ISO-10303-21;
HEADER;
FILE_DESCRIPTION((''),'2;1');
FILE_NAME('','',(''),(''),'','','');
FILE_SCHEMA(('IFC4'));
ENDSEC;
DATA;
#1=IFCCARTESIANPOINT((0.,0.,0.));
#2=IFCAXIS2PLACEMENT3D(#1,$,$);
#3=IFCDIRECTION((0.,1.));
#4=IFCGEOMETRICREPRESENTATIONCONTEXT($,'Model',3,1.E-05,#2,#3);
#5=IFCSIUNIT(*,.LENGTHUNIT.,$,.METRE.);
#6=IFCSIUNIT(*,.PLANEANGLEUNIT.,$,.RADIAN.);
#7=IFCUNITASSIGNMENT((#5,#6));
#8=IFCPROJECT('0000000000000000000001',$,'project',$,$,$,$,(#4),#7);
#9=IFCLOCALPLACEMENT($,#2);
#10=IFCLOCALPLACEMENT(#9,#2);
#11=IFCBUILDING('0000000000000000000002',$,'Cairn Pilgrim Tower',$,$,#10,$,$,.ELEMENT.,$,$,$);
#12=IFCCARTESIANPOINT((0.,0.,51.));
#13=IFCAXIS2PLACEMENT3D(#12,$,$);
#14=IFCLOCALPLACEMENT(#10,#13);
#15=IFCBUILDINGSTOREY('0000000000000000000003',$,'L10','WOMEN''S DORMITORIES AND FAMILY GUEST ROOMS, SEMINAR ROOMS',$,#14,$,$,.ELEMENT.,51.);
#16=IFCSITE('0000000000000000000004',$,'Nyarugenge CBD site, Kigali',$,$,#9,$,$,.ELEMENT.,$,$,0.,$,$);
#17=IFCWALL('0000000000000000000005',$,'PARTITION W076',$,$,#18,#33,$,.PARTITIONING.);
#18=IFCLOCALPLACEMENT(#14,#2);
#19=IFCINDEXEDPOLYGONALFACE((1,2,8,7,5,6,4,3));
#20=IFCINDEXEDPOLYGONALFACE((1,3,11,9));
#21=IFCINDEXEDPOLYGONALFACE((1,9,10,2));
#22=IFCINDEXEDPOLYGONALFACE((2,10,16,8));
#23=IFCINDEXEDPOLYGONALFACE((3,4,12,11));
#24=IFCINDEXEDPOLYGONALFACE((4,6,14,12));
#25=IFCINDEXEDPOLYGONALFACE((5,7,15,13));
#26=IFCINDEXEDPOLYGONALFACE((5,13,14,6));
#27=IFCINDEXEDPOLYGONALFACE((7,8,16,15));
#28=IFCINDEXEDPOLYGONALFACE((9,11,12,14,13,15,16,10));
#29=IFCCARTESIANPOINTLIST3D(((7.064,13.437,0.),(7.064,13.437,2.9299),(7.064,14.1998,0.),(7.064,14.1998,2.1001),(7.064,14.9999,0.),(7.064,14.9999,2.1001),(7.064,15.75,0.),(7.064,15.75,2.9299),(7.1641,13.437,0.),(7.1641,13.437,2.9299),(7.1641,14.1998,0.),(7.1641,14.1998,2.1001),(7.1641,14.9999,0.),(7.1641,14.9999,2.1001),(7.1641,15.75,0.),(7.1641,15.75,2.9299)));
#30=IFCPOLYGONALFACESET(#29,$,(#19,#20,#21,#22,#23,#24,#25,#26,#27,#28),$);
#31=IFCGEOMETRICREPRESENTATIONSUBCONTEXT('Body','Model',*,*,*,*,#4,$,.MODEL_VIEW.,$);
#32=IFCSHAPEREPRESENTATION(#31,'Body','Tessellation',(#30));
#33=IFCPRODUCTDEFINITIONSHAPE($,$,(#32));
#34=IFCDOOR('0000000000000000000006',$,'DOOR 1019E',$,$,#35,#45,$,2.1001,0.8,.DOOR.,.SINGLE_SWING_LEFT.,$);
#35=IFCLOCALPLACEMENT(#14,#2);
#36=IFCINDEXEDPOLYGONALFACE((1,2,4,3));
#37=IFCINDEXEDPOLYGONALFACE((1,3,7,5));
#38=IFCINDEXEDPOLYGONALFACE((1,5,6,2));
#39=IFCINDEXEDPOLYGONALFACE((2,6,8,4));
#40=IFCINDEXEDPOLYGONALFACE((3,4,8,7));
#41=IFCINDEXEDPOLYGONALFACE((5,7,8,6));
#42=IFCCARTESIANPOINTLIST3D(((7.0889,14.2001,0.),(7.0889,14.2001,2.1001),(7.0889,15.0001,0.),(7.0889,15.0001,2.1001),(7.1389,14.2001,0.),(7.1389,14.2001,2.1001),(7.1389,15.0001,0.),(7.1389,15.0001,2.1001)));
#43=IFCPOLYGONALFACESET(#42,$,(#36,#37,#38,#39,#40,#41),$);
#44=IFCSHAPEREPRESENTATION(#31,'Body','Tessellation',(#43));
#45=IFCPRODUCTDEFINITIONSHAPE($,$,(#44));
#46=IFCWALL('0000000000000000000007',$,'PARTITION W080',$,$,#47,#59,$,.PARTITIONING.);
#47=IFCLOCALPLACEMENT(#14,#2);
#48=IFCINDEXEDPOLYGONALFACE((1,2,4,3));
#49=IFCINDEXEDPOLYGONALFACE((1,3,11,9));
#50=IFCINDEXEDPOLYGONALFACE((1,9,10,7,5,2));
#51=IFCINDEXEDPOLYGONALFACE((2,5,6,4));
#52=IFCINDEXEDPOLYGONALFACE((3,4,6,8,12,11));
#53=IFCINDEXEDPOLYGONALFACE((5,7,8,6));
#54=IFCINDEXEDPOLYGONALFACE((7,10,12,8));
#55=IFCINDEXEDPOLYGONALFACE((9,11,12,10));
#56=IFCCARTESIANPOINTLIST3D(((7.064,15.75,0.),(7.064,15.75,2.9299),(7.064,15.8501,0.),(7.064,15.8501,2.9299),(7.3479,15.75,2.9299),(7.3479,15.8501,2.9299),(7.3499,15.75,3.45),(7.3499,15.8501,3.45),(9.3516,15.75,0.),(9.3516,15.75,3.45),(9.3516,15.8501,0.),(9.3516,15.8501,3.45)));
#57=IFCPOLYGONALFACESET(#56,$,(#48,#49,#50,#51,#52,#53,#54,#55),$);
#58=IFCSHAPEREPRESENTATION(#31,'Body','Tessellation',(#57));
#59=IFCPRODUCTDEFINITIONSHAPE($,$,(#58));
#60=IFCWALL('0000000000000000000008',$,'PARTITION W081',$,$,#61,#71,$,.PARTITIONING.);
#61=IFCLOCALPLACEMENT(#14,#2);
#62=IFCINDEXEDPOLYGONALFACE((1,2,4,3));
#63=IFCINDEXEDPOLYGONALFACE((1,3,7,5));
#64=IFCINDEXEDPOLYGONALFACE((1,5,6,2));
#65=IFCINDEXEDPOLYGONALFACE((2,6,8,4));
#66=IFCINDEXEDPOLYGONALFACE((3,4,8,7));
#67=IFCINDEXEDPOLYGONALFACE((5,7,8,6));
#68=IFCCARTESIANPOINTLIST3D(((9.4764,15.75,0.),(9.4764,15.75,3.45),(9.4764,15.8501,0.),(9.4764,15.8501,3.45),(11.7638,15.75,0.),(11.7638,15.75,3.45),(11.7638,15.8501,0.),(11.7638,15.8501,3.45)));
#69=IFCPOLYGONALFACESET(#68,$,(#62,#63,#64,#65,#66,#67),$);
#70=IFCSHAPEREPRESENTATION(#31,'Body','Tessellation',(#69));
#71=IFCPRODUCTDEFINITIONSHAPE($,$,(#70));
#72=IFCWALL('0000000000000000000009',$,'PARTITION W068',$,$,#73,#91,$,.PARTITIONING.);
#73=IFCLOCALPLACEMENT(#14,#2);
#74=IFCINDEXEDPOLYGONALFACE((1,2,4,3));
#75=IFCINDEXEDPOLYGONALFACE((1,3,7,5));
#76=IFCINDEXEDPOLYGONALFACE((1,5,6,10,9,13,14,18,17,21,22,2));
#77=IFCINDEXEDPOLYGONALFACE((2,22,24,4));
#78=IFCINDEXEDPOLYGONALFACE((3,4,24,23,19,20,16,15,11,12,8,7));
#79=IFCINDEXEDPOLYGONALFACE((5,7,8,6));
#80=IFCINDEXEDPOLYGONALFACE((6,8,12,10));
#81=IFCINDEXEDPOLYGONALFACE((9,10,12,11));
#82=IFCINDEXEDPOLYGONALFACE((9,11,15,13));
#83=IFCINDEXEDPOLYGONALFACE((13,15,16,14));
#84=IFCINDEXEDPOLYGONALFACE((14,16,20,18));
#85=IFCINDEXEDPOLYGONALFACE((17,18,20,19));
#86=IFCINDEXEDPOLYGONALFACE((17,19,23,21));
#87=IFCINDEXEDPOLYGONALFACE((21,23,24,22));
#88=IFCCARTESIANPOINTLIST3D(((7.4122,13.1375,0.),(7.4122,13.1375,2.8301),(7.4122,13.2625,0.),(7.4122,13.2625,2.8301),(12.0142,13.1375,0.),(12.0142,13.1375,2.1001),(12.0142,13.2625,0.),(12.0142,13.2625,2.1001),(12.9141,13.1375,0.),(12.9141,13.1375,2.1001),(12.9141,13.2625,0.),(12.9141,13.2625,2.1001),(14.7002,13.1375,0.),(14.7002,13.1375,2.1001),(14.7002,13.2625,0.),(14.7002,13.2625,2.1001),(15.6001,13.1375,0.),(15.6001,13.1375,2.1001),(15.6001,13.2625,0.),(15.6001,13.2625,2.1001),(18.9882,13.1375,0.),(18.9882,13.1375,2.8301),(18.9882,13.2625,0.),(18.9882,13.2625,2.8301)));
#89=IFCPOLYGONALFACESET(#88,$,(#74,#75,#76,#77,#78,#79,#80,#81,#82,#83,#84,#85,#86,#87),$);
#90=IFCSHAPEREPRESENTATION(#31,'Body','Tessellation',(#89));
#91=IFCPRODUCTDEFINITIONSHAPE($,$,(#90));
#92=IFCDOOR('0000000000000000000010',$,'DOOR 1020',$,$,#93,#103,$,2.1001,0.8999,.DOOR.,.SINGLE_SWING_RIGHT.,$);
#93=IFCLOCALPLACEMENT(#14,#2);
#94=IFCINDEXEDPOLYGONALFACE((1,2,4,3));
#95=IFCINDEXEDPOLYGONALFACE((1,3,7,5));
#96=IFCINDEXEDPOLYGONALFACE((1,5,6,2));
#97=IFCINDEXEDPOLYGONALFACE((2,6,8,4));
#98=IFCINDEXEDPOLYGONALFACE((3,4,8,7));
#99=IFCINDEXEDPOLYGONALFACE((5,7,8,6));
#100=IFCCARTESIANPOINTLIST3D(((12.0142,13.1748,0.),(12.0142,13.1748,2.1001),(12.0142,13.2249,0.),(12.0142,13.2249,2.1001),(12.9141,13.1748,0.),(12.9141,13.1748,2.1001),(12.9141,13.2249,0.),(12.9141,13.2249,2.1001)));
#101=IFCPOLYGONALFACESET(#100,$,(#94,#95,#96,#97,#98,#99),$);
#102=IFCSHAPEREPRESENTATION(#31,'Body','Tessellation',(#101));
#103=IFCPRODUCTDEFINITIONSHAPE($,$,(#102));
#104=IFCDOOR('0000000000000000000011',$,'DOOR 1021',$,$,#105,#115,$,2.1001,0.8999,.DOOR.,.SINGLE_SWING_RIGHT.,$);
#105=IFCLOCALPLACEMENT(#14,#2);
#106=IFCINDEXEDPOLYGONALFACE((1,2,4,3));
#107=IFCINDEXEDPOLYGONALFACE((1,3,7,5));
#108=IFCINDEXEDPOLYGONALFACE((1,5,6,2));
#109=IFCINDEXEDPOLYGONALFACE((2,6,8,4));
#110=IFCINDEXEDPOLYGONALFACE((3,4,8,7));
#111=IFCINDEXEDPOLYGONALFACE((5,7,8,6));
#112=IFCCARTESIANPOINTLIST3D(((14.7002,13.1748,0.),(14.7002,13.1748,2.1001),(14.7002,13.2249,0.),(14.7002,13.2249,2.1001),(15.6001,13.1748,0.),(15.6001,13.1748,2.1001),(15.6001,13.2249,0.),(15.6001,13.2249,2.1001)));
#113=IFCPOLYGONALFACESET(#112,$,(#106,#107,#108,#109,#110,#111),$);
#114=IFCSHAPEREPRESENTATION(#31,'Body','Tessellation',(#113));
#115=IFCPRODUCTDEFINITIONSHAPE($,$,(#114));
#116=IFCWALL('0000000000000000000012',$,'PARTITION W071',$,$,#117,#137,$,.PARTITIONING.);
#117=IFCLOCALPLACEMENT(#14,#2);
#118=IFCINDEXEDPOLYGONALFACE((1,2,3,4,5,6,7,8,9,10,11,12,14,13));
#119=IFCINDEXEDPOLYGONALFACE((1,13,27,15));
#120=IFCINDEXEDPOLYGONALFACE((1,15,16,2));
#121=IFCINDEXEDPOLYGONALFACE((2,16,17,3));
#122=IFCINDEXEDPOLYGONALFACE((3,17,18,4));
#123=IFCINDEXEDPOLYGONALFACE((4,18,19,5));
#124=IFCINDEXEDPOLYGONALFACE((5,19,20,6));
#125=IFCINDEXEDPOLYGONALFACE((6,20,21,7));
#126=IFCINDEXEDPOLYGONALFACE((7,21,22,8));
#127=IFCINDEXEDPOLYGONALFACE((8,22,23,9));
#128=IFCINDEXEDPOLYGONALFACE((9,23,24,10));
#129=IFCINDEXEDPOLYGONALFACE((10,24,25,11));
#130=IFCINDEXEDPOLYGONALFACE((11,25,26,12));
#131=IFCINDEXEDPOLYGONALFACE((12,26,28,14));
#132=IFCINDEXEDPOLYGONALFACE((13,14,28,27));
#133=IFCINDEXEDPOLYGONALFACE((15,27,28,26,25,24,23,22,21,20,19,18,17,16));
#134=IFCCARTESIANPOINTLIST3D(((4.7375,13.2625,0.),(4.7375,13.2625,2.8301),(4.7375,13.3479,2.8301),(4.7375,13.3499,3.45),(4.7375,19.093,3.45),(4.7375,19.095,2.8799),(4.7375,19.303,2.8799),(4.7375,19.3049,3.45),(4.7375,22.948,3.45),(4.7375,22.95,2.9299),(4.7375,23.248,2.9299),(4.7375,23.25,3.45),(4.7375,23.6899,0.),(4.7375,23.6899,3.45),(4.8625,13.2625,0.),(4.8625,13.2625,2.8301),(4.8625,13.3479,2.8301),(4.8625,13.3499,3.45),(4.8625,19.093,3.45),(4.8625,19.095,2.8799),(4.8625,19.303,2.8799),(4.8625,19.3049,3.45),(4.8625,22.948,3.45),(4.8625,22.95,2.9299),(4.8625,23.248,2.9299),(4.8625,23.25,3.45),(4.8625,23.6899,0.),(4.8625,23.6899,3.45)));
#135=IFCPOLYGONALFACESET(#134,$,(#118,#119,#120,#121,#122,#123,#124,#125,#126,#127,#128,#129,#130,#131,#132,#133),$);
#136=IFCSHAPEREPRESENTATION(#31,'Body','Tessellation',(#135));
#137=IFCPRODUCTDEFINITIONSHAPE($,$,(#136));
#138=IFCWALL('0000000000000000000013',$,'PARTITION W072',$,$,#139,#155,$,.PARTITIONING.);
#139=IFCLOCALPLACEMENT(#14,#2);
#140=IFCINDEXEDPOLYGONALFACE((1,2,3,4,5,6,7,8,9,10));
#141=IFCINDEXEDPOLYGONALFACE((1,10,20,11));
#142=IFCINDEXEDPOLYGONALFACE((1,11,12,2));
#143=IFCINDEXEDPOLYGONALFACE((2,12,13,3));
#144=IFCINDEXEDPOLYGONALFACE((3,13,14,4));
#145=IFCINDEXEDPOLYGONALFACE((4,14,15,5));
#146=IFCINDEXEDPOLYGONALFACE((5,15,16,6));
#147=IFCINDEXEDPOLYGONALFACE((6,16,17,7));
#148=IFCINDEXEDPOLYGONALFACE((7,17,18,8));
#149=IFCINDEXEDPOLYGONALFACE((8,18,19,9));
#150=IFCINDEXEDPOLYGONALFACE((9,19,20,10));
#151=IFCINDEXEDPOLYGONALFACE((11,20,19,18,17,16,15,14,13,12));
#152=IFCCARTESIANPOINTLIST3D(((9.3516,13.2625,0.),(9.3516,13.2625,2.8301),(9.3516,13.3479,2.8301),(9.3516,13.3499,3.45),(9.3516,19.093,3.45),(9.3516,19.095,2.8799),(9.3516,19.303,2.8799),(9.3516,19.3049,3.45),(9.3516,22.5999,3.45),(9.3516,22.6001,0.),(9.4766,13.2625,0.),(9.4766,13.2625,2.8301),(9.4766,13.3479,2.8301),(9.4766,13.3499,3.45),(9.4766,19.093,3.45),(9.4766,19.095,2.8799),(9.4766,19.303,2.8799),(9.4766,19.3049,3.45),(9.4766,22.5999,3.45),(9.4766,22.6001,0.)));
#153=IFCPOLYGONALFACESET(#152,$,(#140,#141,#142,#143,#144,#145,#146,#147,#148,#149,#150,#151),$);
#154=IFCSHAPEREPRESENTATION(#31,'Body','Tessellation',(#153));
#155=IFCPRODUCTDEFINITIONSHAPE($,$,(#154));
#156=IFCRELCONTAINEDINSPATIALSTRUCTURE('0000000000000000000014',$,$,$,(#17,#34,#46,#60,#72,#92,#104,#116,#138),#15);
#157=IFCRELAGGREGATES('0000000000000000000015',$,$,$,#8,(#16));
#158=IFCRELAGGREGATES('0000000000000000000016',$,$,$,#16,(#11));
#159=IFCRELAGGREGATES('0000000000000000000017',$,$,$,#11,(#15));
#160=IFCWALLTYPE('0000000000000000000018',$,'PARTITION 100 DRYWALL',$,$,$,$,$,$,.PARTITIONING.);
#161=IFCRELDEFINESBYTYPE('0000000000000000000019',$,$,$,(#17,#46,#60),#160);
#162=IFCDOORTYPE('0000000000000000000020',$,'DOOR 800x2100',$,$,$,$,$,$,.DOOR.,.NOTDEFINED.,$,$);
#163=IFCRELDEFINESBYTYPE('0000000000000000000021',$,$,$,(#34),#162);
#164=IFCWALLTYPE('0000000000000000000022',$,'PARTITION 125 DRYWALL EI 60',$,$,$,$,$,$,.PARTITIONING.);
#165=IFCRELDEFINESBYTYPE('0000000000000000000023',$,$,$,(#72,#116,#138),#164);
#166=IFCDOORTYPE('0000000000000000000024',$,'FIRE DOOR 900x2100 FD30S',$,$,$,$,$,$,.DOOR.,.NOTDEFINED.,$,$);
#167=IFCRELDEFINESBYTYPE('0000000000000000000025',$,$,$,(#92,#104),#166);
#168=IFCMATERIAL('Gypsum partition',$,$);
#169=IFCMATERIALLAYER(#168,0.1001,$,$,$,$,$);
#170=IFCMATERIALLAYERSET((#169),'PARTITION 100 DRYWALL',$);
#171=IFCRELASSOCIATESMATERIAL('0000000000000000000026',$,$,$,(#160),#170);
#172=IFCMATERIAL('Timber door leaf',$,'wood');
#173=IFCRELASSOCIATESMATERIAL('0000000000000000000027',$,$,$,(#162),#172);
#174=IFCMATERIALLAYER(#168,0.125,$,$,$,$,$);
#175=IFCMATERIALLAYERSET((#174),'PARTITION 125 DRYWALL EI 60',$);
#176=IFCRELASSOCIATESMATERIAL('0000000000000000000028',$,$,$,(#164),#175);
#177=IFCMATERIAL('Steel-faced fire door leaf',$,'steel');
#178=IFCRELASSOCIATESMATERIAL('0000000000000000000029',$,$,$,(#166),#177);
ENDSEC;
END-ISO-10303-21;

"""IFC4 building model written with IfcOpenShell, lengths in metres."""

from ifc_helpers import new_model, si_unit, direction, frame, frame_2d, origin, place, context, subcontext, project, spatial, polyline, rectangle, outline, extrude, material, layer, layer_set, type_object, element, fill, save


model = new_model("IFC4")

# Units and contexts
model_context = context("Model", 3, precision=1e-05, world=origin(), true_north=direction((0.0, 1.0)))
body_context = subcontext(model_context, "Body", "Model", "MODEL_VIEW")
ifc_project = project(units=[si_unit("LENGTHUNIT", "METRE"), si_unit("PLANEANGLEUNIT", "RADIAN")], contexts=[model_context])

# Site, building, storey
site_placement = place(None, origin())
site = spatial("IfcSite", under=ifc_project, at=site_placement, Name="Nyarugenge CBD site, Kigali", CompositionType="ELEMENT", RefElevation=0.0)
building_placement = place(site_placement, origin())
building = spatial("IfcBuilding", under=site, at=building_placement, Name="Cairn Pilgrim Tower", CompositionType="ELEMENT")
storey_placement = place(building_placement, frame((0.0, 0.0, 51.0)))
storey = spatial("IfcBuildingStorey", under=building, at=storey_placement, Name="L10", Description="WOMEN'S DORMITORIES AND FAMILY GUEST ROOMS, SEMINAR ROOMS", CompositionType="ELEMENT", Elevation=51.0)

# Wall, opening, door
ifc_material_1 = material(Name="Gypsum partition")
ifc_layer_1 = layer(ifc_material_1, 0.1001)
ifc_layer_set_1 = layer_set([ifc_layer_1], Name="PARTITION 100 DRYWALL")
wall_type_1 = type_object("IfcWallType", Name="PARTITION 100 DRYWALL", PredefinedType="PARTITIONING", material=ifc_layer_set_1)
ifc_material_2 = material(Name="Timber door leaf", Category="wood")
door_type_1 = type_object("IfcDoorType", Name="DOOR 800x2100", OperationType="NOTDEFINED", PredefinedType="DOOR", material=ifc_material_2)
wall_1_placement = place(storey_placement, frame((7.114, 13.437, 0.0), z_axis=(0.0, 0.0, 1.0), x_axis=(0.0, 1.0, 0.0)))
wall_1 = element("IfcWall", 1, at=wall_1_placement, inside=storey, type_object=wall_type_1, Name="PARTITION W076", PredefinedType="PARTITIONING", context=body_context, shape_type="SweptSolid", body=[
    extrude(rectangle(XDim=2.313, YDim=0.1001, at=frame_2d((1.1565, 0.0))), origin(), (0.0, 0.0, 1.0), 2.9299),
])
opening_1_placement = place(wall_1_placement, frame((0.7629, 0.0, 0.0)))
opening_1 = element("IfcOpeningElement", 2, at=opening_1_placement, cuts=wall_1, PredefinedType="OPENING", context=body_context, shape_type="SweptSolid", body=[
    extrude(rectangle(XDim=0.8, YDim=2.1001, at=frame_2d((0.3999, 1.05))), frame((0.0, 0.0601, 0.0), z_axis=(0.0, -1.0, 0.0), x_axis=(1.0, 0.0, 0.0)), (0.0, 0.0, 1.0), 0.1201),
])
door_1_placement = place(opening_1_placement, frame((0.8, 0.0, 0.0), z_axis=(0.0, 0.0, 1.0), x_axis=(-1.0, 0.0, 0.0)))
door_1 = element("IfcDoor", 3, at=door_1_placement, inside=storey, type_object=door_type_1, Name="DOOR 1019E", OperationType="SINGLE_SWING_LEFT", OverallHeight=2.1001, OverallWidth=0.8, PredefinedType="DOOR", context=body_context, shape_type="SweptSolid", body=[
    extrude(rectangle(XDim=0.8, YDim=2.1001, at=frame_2d((0.3999, 1.05))), frame((0.0, 0.0249, 0.0), z_axis=(0.0, -1.0, 0.0), x_axis=(1.0, 0.0, 0.0)), (0.0, 0.0, 1.0), 0.05),
])
fill(opening_1, door_1)

# Walls
wall_2_placement = place(storey_placement, frame((7.064, 15.8, 0.0), z_axis=(0.0, 0.0, 1.0), x_axis=(1.0, 0.0, 0.0)))
element("IfcWall", 4, at=wall_2_placement, inside=storey, type_object=wall_type_1, Name="PARTITION W080", PredefinedType="PARTITIONING", context=body_context, shape_type="SweptSolid", body=[
    extrude(outline(polyline([(0.0, 0.0), (2.2876, 0.0), (2.2876, 3.45), (0.2859, 3.45), (0.2839, 2.9299), (0.0, 2.9299), (0.0, 0.0)])), frame((0.0, 0.05, 0.0), z_axis=(0.0, -1.0, 0.0), x_axis=(1.0, 0.0, 0.0)), (0.0, 0.0, 1.0), 0.1001),
])
wall_3_placement = place(storey_placement, frame((9.4766, 15.8, 0.0), z_axis=(0.0, 0.0, 1.0), x_axis=(1.0, 0.0, 0.0)))
element("IfcWall", 5, at=wall_3_placement, inside=storey, type_object=wall_type_1, Name="PARTITION W081", PredefinedType="PARTITIONING", context=body_context, shape_type="SweptSolid", body=[
    extrude(rectangle(XDim=2.2874, YDim=0.1001, at=frame_2d((1.1436, 0.0))), origin(), (0.0, 0.0, 1.0), 3.45),
])

# Wall, openings, doors
ifc_layer_2 = layer(ifc_material_1, 0.125)
ifc_layer_set_2 = layer_set([ifc_layer_2], Name="PARTITION 125 DRYWALL EI 60")
wall_type_2 = type_object("IfcWallType", Name="PARTITION 125 DRYWALL EI 60", PredefinedType="PARTITIONING", material=ifc_layer_set_2)
wall_4_placement = place(storey_placement, frame((7.4121, 13.2, 0.0), z_axis=(0.0, 0.0, 1.0), x_axis=(1.0, 0.0, 0.0)))
wall_4 = element("IfcWall", 6, at=wall_4_placement, inside=storey, type_object=wall_type_2, Name="PARTITION W068", PredefinedType="PARTITIONING", context=body_context, shape_type="SweptSolid", body=[
    extrude(rectangle(XDim=11.5759, YDim=0.125, at=frame_2d((5.7881, 0.0))), origin(), (0.0, 0.0, 1.0), 2.8301),
])
opening_2_placement = place(wall_4_placement, frame((4.6021, 0.0, 0.0)))
opening_2 = element("IfcOpeningElement", 7, at=opening_2_placement, cuts=wall_4, PredefinedType="OPENING", context=body_context, shape_type="SweptSolid", body=[
    extrude(rectangle(XDim=0.8999, YDim=2.1001, at=frame_2d((0.45, 1.05))), frame((0.0, 0.0725, 0.0), z_axis=(0.0, -1.0, 0.0), x_axis=(1.0, 0.0, 0.0)), (0.0, 0.0, 1.0), 0.145),
])
opening_3_placement = place(wall_4_placement, frame((7.2881, 0.0, 0.0)))
opening_3 = element("IfcOpeningElement", 8, at=opening_3_placement, cuts=wall_4, PredefinedType="OPENING", context=body_context, shape_type="SweptSolid", body=[
    extrude(rectangle(XDim=0.8999, YDim=2.1001, at=frame_2d((0.45, 1.05))), frame((0.0, 0.0725, 0.0), z_axis=(0.0, -1.0, 0.0), x_axis=(1.0, 0.0, 0.0)), (0.0, 0.0, 1.0), 0.145),
])
ifc_material_3 = material(Name="Steel-faced fire door leaf", Category="steel")
door_type_2 = type_object("IfcDoorType", Name="FIRE DOOR 900x2100 FD30S", OperationType="NOTDEFINED", PredefinedType="DOOR", material=ifc_material_3)
door_2_placement = place(opening_2_placement, origin())
door_2 = element("IfcDoor", 9, at=door_2_placement, inside=storey, type_object=door_type_2, Name="DOOR 1020", OperationType="SINGLE_SWING_RIGHT", OverallHeight=2.1001, OverallWidth=0.8999, PredefinedType="DOOR", context=body_context, shape_type="SweptSolid", body=[
    extrude(rectangle(XDim=0.8999, YDim=2.1001, at=frame_2d((0.45, 1.05))), frame((0.0, 0.0249, 0.0), z_axis=(0.0, -1.0, 0.0), x_axis=(1.0, 0.0, 0.0)), (0.0, 0.0, 1.0), 0.05),
])
fill(opening_2, door_2)
door_3_placement = place(opening_3_placement, origin())
door_3 = element("IfcDoor", 10, at=door_3_placement, inside=storey, type_object=door_type_2, Name="DOOR 1021", OperationType="SINGLE_SWING_RIGHT", OverallHeight=2.1001, OverallWidth=0.8999, PredefinedType="DOOR", context=body_context, shape_type="SweptSolid", body=[
    extrude(rectangle(XDim=0.8999, YDim=2.1001, at=frame_2d((0.45, 1.05))), frame((0.0, 0.0249, 0.0), z_axis=(0.0, -1.0, 0.0), x_axis=(1.0, 0.0, 0.0)), (0.0, 0.0, 1.0), 0.05),
])
fill(opening_3, door_3)

# Walls
wall_5_placement = place(storey_placement, frame((4.8, 13.2625, 0.0), z_axis=(0.0, 0.0, 1.0), x_axis=(0.0, 1.0, 0.0)))
element("IfcWall", 11, at=wall_5_placement, inside=storey, type_object=wall_type_2, Name="PARTITION W071", PredefinedType="PARTITIONING", context=body_context, shape_type="SweptSolid", body=[
    extrude(outline(polyline([(0.0, 0.0), (10.4275, 0.0), (10.4275, 3.45), (9.9875, 3.45), (9.9856, 2.9299), (9.6875, 2.9299), (9.6855, 3.45), (6.0425, 3.45), (6.0405, 2.8799), (5.8325, 2.8799), (5.8306, 3.45), (0.0874, 3.45), (0.0854, 2.8301), (0.0, 2.8301), (0.0, 0.0)])), frame((0.0, 0.0625, 0.0), z_axis=(0.0, -1.0, 0.0), x_axis=(1.0, 0.0, 0.0)), (0.0, 0.0, 1.0), 0.125),
])
wall_6_placement = place(storey_placement, frame((9.4141, 13.2625, 0.0), z_axis=(0.0, 0.0, 1.0), x_axis=(0.0, 1.0, 0.0)))
element("IfcWall", 12, at=wall_6_placement, inside=storey, type_object=wall_type_2, Name="PARTITION W072", PredefinedType="PARTITIONING", context=body_context, shape_type="SweptSolid", body=[
    extrude(outline(polyline([(0.0, 0.0), (9.3376, 0.0), (9.3374, 3.45), (6.0425, 3.45), (6.0405, 2.8799), (5.8325, 2.8799), (5.8306, 3.45), (0.0874, 3.45), (0.0854, 2.8301), (0.0, 2.8301), (0.0, 0.0)])), frame((0.0, 0.0625, 0.0), z_axis=(0.0, -1.0, 0.0), x_axis=(1.0, 0.0, 0.0)), (0.0, 0.0, 1.0), 0.125),
])

save(model, "model.ifc")
